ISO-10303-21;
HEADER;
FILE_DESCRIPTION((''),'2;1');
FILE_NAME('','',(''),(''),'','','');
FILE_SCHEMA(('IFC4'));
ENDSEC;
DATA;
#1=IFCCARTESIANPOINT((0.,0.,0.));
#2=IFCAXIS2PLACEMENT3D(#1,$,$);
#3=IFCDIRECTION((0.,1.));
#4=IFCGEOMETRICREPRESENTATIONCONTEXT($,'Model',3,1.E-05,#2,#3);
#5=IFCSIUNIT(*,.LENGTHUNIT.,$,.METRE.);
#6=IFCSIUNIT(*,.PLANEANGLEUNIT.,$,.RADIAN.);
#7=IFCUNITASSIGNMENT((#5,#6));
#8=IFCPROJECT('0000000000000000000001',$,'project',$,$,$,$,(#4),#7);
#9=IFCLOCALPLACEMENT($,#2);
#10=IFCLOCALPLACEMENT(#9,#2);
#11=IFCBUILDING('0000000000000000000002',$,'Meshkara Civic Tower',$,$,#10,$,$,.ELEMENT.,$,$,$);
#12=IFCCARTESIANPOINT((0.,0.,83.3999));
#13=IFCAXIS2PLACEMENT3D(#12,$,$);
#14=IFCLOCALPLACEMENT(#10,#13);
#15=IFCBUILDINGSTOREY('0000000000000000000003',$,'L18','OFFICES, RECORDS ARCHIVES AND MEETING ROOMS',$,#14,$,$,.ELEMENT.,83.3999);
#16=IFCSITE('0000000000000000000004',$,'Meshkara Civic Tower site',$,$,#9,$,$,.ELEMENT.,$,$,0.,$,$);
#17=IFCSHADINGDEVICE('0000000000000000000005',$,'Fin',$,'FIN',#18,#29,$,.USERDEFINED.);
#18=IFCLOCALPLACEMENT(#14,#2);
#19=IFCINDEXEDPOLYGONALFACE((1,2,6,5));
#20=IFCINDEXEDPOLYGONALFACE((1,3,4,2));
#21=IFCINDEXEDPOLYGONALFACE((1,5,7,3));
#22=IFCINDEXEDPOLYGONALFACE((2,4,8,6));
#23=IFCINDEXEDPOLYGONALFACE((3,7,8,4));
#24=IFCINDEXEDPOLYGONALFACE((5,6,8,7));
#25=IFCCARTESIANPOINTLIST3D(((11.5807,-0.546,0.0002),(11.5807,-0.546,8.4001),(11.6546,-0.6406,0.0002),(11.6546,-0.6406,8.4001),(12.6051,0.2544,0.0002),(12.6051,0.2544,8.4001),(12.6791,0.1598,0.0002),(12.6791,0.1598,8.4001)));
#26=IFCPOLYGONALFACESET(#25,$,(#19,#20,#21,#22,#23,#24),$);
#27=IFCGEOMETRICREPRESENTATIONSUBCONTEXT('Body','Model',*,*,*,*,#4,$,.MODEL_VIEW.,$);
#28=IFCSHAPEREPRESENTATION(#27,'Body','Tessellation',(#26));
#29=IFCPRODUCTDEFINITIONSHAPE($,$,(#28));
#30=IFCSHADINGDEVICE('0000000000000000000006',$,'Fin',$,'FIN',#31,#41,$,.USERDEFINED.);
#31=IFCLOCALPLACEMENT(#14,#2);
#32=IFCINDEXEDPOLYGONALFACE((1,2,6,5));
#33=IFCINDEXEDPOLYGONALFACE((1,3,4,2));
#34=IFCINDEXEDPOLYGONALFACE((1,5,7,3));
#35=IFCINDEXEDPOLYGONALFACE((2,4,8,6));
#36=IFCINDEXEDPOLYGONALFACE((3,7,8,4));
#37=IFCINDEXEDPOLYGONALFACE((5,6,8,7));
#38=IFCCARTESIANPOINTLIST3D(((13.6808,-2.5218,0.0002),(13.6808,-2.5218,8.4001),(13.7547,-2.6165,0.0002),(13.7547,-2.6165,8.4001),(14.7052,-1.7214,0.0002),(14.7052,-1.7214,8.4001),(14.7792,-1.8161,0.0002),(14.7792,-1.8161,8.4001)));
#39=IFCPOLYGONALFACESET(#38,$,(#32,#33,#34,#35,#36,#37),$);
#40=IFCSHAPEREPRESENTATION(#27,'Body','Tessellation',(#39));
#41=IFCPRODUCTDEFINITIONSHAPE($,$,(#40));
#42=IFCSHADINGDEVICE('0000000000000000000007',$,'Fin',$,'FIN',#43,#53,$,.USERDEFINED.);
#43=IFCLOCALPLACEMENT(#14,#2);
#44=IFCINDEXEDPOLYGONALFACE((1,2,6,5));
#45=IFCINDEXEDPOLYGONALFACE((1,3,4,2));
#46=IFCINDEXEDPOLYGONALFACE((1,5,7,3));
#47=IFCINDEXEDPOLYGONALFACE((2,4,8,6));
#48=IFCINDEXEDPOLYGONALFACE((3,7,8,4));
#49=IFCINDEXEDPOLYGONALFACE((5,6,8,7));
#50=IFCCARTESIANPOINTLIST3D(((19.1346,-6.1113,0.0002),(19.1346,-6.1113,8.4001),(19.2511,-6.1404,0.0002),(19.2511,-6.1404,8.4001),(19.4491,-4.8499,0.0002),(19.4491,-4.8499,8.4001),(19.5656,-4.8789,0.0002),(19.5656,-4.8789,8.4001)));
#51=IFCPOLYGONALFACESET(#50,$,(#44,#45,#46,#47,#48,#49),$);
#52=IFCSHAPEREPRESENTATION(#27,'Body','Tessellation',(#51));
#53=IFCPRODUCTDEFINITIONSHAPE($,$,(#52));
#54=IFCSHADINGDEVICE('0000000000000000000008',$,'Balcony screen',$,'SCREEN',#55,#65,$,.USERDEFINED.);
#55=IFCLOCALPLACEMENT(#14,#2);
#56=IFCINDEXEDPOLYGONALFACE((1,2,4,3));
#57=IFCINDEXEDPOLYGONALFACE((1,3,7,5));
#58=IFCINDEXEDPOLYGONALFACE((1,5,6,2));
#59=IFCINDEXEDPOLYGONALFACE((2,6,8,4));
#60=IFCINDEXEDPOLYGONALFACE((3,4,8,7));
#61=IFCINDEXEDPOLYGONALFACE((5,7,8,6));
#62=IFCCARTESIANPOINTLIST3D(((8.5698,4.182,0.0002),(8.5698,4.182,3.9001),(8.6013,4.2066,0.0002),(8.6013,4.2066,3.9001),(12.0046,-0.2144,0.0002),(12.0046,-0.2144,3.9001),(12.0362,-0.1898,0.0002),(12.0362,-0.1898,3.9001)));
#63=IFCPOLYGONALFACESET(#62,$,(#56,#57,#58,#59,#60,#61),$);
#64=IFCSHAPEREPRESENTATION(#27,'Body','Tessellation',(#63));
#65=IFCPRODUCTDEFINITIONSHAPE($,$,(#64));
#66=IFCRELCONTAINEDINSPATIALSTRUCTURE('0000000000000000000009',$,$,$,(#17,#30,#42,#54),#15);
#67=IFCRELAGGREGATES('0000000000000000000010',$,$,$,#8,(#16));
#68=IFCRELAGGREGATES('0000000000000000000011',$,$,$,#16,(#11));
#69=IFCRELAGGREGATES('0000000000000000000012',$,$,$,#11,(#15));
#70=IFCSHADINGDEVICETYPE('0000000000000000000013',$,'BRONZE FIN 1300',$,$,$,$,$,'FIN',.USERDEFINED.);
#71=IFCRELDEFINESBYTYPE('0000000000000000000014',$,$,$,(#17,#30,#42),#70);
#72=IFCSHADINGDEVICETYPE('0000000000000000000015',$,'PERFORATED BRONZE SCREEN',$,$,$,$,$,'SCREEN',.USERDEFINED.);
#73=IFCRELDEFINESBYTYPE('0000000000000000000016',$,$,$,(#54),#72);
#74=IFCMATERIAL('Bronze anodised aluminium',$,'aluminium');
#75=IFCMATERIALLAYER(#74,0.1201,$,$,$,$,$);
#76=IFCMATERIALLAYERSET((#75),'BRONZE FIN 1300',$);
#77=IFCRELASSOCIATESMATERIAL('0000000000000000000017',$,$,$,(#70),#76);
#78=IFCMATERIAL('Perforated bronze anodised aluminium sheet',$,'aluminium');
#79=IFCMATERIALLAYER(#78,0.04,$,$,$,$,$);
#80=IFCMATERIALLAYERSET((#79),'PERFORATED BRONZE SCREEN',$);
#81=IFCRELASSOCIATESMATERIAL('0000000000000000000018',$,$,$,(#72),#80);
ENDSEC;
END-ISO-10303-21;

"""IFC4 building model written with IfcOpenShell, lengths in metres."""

from ifc_helpers import new_model, si_unit, direction, frame, origin, origin_2d, place, context, subcontext, project, spatial, rectangle, extrude, material, layer, layer_set, type_object, element, save


model = new_model("IFC4")

# Units and contexts
model_context = context("Model", 3, precision=1e-05, world=origin(), true_north=direction((0.0, 1.0)))
body_context = subcontext(model_context, "Body", "Model", "MODEL_VIEW")
ifc_project = project(units=[si_unit("LENGTHUNIT", "METRE"), si_unit("PLANEANGLEUNIT", "RADIAN")], contexts=[model_context])

# Site, building, storey
site_placement = place(None, origin())
site = spatial("IfcSite", under=ifc_project, at=site_placement, Name="Meshkara Civic Tower site", CompositionType="ELEMENT", RefElevation=0.0)
building_placement = place(site_placement, origin())
building = spatial("IfcBuilding", under=site, at=building_placement, Name="Meshkara Civic Tower", CompositionType="ELEMENT")
storey_placement = place(building_placement, frame((0.0, 0.0, 83.3999)))
storey = spatial("IfcBuildingStorey", under=building, at=storey_placement, Name="L18", Description="OFFICES, RECORDS ARCHIVES AND MEETING ROOMS", CompositionType="ELEMENT", Elevation=83.3999)

# Shading devices
ifc_material_1 = material(Name="Bronze anodised aluminium", Category="aluminium")
ifc_layer_1 = layer(ifc_material_1, 0.1201)
ifc_layer_set_1 = layer_set([ifc_layer_1], Name="BRONZE FIN 1300")
shading_device_type_1 = type_object("IfcShadingDeviceType", Name="BRONZE FIN 1300", ElementType="FIN", PredefinedType="USERDEFINED", material=ifc_layer_set_1)
for number, where, z_axis, x_axis, name in (
    (1, (12.1299, -0.1931, 0.0002), (0.0, 0.0, 1.0), (0.615661, -0.788011, 0.0), "Fin"),
    (2, (14.23, -2.1689, 0.0002), (0.0, 0.0, 1.0), (0.615661, -0.788011, 0.0), "Fin"),
    (3, (19.3501, -5.4951, 0.0002), (0.0, 0.0, 1.0), (0.970296, -0.241922, 0.0), "Fin"),
):
    element("IfcShadingDevice", number, at=place(storey_placement, frame(where, z_axis=z_axis, x_axis=x_axis)), inside=storey, type_object=shading_device_type_1, Name=name, ObjectType="FIN", PredefinedType="USERDEFINED", context=body_context, shape_type="SweptSolid", body=[
        extrude(rectangle(XDim=0.1201, YDim=1.3, at=origin_2d()), origin(), (0.0, 0.0, 1.0), 8.3999),
    ])
ifc_material_2 = material(Name="Perforated bronze anodised aluminium sheet", Category="aluminium")
ifc_layer_2 = layer(ifc_material_2, 0.04)
ifc_layer_set_2 = layer_set([ifc_layer_2], Name="PERFORATED BRONZE SCREEN")
shading_device_type_2 = type_object("IfcShadingDeviceType", Name="PERFORATED BRONZE SCREEN", ElementType="SCREEN", PredefinedType="USERDEFINED", material=ifc_layer_set_2)
shading_device_placement = place(storey_placement, frame((10.303, 1.9961, 0.0002), z_axis=(0.0, 0.0, 1.0), x_axis=(0.615661, -0.788011, 0.0)))
element("IfcShadingDevice", 4, at=shading_device_placement, inside=storey, type_object=shading_device_type_2, Name="Balcony screen", ObjectType="SCREEN", PredefinedType="USERDEFINED", context=body_context, shape_type="SweptSolid", body=[
    extrude(rectangle(XDim=5.5791, YDim=0.04, at=origin_2d()), origin(), (0.0, 0.0, 1.0), 3.8999),
])

save(model, "model.ifc")
